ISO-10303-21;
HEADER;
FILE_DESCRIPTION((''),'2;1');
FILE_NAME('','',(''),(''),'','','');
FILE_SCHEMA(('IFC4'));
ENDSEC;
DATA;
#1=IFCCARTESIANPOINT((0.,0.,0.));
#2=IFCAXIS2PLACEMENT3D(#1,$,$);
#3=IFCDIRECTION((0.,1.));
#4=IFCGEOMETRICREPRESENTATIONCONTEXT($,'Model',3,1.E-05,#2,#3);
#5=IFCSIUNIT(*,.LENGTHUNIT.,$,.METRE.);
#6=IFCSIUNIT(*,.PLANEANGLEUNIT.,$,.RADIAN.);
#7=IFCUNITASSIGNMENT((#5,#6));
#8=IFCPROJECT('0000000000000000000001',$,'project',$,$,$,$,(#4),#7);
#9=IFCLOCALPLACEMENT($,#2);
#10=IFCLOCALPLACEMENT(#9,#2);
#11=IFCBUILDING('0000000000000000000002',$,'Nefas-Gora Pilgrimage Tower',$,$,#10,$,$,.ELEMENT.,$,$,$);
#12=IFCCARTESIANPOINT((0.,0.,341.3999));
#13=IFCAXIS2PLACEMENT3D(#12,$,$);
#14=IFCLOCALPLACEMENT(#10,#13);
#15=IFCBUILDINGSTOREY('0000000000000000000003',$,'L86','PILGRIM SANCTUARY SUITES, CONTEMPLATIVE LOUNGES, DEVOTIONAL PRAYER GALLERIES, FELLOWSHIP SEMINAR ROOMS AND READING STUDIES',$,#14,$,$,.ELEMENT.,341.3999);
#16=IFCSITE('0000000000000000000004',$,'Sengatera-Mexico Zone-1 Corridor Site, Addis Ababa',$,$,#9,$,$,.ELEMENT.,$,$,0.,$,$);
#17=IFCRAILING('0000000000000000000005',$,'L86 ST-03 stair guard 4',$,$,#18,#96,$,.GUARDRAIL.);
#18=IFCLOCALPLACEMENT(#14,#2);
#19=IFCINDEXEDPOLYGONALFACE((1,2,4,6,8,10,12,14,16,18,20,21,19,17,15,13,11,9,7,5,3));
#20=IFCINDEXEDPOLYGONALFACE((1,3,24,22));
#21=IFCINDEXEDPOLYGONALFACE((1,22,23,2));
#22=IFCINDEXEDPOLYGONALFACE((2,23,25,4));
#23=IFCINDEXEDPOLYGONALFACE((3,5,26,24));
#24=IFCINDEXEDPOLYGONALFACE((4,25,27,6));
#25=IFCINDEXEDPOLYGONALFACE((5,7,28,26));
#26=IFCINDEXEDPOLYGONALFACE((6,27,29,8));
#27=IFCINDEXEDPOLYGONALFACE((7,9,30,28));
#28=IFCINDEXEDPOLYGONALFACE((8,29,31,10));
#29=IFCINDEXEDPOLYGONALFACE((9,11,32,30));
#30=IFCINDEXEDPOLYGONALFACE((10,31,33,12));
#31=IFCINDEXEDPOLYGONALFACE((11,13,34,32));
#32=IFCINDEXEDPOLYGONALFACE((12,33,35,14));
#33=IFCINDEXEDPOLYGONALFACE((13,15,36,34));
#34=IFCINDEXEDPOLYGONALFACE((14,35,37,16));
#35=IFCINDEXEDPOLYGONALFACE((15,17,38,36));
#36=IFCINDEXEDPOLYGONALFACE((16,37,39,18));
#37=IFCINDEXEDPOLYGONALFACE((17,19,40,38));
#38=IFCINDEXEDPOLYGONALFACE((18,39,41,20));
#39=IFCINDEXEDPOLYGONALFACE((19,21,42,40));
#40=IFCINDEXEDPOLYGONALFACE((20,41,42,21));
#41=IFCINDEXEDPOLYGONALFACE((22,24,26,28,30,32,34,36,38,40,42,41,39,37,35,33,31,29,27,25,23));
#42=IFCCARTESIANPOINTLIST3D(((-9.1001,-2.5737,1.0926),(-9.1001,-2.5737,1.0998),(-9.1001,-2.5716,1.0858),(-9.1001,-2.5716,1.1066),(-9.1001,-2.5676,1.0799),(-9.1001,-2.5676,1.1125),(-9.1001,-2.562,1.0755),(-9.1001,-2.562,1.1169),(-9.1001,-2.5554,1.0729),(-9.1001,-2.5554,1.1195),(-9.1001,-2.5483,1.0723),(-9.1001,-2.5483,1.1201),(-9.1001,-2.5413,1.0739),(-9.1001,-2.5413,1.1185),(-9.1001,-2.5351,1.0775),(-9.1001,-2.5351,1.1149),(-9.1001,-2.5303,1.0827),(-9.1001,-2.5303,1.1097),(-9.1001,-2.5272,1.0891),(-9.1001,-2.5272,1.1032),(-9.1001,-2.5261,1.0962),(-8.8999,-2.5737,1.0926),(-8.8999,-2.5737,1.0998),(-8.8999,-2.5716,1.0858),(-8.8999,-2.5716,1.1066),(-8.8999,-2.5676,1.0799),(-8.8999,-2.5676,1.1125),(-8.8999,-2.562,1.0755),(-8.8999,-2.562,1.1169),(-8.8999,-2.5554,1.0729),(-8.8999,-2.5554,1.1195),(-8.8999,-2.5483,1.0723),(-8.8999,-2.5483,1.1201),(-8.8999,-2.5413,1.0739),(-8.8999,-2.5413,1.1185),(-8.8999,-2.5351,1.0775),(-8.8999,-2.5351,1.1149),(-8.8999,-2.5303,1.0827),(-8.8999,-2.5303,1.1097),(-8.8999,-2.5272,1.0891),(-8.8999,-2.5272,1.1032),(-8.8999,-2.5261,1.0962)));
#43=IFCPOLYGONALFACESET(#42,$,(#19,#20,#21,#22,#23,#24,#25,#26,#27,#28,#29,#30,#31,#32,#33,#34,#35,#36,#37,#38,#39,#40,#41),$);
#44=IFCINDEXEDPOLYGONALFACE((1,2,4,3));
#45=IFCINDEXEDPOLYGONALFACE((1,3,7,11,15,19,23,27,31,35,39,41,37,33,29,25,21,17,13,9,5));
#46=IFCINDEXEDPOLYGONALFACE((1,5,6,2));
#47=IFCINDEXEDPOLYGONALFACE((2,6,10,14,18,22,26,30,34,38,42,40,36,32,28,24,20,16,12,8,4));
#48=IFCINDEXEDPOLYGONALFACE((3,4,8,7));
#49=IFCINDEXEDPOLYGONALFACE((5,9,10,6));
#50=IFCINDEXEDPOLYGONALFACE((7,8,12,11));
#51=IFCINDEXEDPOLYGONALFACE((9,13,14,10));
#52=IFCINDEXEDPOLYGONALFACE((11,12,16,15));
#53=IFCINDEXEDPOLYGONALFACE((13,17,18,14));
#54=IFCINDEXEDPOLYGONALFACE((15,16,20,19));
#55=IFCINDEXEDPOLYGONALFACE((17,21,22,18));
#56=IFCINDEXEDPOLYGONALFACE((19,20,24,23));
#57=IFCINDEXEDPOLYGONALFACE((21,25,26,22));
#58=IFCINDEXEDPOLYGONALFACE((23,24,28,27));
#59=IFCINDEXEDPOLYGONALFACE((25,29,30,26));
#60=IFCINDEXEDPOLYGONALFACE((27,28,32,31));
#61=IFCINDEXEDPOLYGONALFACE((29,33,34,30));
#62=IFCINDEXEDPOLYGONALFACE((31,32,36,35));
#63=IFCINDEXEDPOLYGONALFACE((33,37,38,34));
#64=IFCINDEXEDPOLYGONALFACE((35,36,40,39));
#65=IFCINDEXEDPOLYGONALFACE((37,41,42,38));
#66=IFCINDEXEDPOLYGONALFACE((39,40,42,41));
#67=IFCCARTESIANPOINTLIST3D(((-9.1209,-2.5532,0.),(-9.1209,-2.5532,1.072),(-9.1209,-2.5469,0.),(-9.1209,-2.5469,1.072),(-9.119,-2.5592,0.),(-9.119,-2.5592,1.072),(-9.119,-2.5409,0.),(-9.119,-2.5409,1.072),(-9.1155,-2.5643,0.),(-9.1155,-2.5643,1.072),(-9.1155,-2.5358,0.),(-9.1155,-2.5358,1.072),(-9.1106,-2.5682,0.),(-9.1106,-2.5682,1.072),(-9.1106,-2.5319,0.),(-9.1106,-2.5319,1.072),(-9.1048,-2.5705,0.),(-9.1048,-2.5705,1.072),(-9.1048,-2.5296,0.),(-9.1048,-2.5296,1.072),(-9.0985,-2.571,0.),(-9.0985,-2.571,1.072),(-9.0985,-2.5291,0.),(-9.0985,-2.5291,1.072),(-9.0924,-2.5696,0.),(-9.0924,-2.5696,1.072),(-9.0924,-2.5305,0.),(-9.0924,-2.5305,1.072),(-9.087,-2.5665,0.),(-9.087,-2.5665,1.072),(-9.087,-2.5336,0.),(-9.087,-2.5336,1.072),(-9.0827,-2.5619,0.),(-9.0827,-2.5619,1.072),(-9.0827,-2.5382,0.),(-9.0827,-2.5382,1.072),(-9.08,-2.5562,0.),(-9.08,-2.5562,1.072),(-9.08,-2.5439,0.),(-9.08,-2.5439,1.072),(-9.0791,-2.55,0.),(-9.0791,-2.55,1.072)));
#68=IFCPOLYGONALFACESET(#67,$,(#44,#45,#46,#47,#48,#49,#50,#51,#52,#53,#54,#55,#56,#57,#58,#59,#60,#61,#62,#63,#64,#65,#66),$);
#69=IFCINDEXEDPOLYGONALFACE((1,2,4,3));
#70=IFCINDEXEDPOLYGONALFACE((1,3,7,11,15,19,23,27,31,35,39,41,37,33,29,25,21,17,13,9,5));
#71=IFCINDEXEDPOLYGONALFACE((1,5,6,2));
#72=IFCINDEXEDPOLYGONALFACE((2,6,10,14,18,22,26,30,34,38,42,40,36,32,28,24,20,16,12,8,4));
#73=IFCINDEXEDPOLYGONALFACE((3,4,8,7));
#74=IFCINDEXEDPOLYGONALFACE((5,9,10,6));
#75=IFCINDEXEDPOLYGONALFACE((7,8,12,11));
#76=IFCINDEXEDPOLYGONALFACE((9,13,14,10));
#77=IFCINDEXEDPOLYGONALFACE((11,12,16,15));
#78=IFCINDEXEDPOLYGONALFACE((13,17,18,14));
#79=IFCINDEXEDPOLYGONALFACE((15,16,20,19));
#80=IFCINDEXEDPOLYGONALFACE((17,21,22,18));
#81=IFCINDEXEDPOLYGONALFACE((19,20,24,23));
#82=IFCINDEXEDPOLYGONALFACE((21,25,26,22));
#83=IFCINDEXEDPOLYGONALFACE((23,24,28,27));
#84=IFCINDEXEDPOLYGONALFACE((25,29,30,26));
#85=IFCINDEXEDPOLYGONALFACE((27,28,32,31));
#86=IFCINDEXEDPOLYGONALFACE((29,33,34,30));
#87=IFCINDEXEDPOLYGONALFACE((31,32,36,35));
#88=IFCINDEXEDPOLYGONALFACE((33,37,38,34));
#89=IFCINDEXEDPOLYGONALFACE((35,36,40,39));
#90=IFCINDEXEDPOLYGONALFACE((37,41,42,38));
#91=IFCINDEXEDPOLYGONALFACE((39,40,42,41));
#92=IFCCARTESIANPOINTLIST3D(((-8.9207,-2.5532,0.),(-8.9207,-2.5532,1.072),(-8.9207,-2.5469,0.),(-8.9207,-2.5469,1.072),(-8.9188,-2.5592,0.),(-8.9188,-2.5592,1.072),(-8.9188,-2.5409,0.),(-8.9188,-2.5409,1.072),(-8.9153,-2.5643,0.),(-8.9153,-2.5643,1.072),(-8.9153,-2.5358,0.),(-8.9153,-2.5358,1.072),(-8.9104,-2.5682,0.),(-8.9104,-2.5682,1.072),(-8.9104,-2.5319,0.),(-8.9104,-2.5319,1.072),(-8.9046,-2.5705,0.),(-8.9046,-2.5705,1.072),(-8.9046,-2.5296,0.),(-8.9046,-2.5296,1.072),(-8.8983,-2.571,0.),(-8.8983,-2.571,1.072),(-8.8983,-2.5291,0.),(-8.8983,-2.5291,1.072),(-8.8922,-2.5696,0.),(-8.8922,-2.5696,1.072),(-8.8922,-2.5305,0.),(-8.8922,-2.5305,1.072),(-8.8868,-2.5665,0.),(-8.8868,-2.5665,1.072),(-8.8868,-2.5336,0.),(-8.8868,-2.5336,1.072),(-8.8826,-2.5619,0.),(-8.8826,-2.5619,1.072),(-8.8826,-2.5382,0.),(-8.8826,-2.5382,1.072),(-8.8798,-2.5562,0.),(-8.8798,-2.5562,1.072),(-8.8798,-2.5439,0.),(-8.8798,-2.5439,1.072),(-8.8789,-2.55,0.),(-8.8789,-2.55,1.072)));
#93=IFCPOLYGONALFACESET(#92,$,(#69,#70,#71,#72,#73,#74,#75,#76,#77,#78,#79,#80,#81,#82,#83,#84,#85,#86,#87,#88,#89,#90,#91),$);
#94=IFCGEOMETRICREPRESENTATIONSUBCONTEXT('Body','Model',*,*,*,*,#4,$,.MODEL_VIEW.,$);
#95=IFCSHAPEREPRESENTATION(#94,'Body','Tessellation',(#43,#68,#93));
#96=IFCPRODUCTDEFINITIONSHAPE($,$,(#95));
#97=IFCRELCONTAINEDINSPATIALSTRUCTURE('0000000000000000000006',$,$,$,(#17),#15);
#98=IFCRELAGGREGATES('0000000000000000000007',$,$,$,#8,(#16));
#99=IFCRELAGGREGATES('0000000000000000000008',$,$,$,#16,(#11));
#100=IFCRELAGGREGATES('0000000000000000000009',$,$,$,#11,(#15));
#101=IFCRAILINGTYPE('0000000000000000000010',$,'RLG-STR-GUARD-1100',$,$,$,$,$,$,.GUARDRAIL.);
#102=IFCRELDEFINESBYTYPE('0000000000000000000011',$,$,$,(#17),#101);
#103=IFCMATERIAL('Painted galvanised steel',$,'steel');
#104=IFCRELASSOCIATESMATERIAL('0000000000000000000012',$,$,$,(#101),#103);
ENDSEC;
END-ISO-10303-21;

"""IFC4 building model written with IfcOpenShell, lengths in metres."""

from ifc_helpers import new_model, si_unit, direction, frame, origin, origin_2d, place, context, subcontext, project, spatial, circle, extrude, material, type_object, element, save


model = new_model("IFC4")

# Units and contexts
model_context = context("Model", 3, precision=1e-05, world=origin(), true_north=direction((0.0, 1.0)))
body_context = subcontext(model_context, "Body", "Model", "MODEL_VIEW")
ifc_project = project(units=[si_unit("LENGTHUNIT", "METRE"), si_unit("PLANEANGLEUNIT", "RADIAN")], contexts=[model_context])

# Site, building, storey
site_placement = place(None, origin())
site = spatial("IfcSite", under=ifc_project, at=site_placement, Name="Sengatera-Mexico Zone-1 Corridor Site, Addis Ababa", CompositionType="ELEMENT", RefElevation=0.0)
building_placement = place(site_placement, origin())
building = spatial("IfcBuilding", under=site, at=building_placement, Name="Nefas-Gora Pilgrimage Tower", CompositionType="ELEMENT")
storey_placement = place(building_placement, frame((0.0, 0.0, 341.3999)))
storey = spatial("IfcBuildingStorey", under=building, at=storey_placement, Name="L86", Description="PILGRIM SANCTUARY SUITES, CONTEMPLATIVE LOUNGES, DEVOTIONAL PRAYER GALLERIES, FELLOWSHIP SEMINAR ROOMS AND READING STUDIES", CompositionType="ELEMENT", Elevation=341.3999)

# Railing
ifc_material_1 = material(Name="Painted galvanised steel", Category="steel")
railing_type_1 = type_object("IfcRailingType", Name="RLG-STR-GUARD-1100", PredefinedType="GUARDRAIL", material=ifc_material_1)
railing_1_placement = place(storey_placement, frame((-9.1001, -2.55, 0.0)))
element("IfcRailing", 1, at=railing_1_placement, inside=storey, type_object=railing_type_1, Name="L86 ST-03 stair guard 4", PredefinedType="GUARDRAIL", context=body_context, shape_type="SweptSolid", body=[
    extrude(circle(Radius=0.0239, at=origin_2d()), frame((0.0, 0.0, 1.0962), z_axis=(1.0, 0.0, 0.0), x_axis=(0.0, 1.0, 0.0)), (0.0, 0.0, 1.0), 0.2002),
    extrude(circle(Radius=0.021, at=origin_2d()), origin(), (0.0, 0.0, 1.0), 1.072),
    extrude(circle(Radius=0.021, at=origin_2d()), frame((0.2002, 0.0, 0.0)), (0.0, 0.0, 1.0), 1.072),
])

save(model, "model.ifc")
